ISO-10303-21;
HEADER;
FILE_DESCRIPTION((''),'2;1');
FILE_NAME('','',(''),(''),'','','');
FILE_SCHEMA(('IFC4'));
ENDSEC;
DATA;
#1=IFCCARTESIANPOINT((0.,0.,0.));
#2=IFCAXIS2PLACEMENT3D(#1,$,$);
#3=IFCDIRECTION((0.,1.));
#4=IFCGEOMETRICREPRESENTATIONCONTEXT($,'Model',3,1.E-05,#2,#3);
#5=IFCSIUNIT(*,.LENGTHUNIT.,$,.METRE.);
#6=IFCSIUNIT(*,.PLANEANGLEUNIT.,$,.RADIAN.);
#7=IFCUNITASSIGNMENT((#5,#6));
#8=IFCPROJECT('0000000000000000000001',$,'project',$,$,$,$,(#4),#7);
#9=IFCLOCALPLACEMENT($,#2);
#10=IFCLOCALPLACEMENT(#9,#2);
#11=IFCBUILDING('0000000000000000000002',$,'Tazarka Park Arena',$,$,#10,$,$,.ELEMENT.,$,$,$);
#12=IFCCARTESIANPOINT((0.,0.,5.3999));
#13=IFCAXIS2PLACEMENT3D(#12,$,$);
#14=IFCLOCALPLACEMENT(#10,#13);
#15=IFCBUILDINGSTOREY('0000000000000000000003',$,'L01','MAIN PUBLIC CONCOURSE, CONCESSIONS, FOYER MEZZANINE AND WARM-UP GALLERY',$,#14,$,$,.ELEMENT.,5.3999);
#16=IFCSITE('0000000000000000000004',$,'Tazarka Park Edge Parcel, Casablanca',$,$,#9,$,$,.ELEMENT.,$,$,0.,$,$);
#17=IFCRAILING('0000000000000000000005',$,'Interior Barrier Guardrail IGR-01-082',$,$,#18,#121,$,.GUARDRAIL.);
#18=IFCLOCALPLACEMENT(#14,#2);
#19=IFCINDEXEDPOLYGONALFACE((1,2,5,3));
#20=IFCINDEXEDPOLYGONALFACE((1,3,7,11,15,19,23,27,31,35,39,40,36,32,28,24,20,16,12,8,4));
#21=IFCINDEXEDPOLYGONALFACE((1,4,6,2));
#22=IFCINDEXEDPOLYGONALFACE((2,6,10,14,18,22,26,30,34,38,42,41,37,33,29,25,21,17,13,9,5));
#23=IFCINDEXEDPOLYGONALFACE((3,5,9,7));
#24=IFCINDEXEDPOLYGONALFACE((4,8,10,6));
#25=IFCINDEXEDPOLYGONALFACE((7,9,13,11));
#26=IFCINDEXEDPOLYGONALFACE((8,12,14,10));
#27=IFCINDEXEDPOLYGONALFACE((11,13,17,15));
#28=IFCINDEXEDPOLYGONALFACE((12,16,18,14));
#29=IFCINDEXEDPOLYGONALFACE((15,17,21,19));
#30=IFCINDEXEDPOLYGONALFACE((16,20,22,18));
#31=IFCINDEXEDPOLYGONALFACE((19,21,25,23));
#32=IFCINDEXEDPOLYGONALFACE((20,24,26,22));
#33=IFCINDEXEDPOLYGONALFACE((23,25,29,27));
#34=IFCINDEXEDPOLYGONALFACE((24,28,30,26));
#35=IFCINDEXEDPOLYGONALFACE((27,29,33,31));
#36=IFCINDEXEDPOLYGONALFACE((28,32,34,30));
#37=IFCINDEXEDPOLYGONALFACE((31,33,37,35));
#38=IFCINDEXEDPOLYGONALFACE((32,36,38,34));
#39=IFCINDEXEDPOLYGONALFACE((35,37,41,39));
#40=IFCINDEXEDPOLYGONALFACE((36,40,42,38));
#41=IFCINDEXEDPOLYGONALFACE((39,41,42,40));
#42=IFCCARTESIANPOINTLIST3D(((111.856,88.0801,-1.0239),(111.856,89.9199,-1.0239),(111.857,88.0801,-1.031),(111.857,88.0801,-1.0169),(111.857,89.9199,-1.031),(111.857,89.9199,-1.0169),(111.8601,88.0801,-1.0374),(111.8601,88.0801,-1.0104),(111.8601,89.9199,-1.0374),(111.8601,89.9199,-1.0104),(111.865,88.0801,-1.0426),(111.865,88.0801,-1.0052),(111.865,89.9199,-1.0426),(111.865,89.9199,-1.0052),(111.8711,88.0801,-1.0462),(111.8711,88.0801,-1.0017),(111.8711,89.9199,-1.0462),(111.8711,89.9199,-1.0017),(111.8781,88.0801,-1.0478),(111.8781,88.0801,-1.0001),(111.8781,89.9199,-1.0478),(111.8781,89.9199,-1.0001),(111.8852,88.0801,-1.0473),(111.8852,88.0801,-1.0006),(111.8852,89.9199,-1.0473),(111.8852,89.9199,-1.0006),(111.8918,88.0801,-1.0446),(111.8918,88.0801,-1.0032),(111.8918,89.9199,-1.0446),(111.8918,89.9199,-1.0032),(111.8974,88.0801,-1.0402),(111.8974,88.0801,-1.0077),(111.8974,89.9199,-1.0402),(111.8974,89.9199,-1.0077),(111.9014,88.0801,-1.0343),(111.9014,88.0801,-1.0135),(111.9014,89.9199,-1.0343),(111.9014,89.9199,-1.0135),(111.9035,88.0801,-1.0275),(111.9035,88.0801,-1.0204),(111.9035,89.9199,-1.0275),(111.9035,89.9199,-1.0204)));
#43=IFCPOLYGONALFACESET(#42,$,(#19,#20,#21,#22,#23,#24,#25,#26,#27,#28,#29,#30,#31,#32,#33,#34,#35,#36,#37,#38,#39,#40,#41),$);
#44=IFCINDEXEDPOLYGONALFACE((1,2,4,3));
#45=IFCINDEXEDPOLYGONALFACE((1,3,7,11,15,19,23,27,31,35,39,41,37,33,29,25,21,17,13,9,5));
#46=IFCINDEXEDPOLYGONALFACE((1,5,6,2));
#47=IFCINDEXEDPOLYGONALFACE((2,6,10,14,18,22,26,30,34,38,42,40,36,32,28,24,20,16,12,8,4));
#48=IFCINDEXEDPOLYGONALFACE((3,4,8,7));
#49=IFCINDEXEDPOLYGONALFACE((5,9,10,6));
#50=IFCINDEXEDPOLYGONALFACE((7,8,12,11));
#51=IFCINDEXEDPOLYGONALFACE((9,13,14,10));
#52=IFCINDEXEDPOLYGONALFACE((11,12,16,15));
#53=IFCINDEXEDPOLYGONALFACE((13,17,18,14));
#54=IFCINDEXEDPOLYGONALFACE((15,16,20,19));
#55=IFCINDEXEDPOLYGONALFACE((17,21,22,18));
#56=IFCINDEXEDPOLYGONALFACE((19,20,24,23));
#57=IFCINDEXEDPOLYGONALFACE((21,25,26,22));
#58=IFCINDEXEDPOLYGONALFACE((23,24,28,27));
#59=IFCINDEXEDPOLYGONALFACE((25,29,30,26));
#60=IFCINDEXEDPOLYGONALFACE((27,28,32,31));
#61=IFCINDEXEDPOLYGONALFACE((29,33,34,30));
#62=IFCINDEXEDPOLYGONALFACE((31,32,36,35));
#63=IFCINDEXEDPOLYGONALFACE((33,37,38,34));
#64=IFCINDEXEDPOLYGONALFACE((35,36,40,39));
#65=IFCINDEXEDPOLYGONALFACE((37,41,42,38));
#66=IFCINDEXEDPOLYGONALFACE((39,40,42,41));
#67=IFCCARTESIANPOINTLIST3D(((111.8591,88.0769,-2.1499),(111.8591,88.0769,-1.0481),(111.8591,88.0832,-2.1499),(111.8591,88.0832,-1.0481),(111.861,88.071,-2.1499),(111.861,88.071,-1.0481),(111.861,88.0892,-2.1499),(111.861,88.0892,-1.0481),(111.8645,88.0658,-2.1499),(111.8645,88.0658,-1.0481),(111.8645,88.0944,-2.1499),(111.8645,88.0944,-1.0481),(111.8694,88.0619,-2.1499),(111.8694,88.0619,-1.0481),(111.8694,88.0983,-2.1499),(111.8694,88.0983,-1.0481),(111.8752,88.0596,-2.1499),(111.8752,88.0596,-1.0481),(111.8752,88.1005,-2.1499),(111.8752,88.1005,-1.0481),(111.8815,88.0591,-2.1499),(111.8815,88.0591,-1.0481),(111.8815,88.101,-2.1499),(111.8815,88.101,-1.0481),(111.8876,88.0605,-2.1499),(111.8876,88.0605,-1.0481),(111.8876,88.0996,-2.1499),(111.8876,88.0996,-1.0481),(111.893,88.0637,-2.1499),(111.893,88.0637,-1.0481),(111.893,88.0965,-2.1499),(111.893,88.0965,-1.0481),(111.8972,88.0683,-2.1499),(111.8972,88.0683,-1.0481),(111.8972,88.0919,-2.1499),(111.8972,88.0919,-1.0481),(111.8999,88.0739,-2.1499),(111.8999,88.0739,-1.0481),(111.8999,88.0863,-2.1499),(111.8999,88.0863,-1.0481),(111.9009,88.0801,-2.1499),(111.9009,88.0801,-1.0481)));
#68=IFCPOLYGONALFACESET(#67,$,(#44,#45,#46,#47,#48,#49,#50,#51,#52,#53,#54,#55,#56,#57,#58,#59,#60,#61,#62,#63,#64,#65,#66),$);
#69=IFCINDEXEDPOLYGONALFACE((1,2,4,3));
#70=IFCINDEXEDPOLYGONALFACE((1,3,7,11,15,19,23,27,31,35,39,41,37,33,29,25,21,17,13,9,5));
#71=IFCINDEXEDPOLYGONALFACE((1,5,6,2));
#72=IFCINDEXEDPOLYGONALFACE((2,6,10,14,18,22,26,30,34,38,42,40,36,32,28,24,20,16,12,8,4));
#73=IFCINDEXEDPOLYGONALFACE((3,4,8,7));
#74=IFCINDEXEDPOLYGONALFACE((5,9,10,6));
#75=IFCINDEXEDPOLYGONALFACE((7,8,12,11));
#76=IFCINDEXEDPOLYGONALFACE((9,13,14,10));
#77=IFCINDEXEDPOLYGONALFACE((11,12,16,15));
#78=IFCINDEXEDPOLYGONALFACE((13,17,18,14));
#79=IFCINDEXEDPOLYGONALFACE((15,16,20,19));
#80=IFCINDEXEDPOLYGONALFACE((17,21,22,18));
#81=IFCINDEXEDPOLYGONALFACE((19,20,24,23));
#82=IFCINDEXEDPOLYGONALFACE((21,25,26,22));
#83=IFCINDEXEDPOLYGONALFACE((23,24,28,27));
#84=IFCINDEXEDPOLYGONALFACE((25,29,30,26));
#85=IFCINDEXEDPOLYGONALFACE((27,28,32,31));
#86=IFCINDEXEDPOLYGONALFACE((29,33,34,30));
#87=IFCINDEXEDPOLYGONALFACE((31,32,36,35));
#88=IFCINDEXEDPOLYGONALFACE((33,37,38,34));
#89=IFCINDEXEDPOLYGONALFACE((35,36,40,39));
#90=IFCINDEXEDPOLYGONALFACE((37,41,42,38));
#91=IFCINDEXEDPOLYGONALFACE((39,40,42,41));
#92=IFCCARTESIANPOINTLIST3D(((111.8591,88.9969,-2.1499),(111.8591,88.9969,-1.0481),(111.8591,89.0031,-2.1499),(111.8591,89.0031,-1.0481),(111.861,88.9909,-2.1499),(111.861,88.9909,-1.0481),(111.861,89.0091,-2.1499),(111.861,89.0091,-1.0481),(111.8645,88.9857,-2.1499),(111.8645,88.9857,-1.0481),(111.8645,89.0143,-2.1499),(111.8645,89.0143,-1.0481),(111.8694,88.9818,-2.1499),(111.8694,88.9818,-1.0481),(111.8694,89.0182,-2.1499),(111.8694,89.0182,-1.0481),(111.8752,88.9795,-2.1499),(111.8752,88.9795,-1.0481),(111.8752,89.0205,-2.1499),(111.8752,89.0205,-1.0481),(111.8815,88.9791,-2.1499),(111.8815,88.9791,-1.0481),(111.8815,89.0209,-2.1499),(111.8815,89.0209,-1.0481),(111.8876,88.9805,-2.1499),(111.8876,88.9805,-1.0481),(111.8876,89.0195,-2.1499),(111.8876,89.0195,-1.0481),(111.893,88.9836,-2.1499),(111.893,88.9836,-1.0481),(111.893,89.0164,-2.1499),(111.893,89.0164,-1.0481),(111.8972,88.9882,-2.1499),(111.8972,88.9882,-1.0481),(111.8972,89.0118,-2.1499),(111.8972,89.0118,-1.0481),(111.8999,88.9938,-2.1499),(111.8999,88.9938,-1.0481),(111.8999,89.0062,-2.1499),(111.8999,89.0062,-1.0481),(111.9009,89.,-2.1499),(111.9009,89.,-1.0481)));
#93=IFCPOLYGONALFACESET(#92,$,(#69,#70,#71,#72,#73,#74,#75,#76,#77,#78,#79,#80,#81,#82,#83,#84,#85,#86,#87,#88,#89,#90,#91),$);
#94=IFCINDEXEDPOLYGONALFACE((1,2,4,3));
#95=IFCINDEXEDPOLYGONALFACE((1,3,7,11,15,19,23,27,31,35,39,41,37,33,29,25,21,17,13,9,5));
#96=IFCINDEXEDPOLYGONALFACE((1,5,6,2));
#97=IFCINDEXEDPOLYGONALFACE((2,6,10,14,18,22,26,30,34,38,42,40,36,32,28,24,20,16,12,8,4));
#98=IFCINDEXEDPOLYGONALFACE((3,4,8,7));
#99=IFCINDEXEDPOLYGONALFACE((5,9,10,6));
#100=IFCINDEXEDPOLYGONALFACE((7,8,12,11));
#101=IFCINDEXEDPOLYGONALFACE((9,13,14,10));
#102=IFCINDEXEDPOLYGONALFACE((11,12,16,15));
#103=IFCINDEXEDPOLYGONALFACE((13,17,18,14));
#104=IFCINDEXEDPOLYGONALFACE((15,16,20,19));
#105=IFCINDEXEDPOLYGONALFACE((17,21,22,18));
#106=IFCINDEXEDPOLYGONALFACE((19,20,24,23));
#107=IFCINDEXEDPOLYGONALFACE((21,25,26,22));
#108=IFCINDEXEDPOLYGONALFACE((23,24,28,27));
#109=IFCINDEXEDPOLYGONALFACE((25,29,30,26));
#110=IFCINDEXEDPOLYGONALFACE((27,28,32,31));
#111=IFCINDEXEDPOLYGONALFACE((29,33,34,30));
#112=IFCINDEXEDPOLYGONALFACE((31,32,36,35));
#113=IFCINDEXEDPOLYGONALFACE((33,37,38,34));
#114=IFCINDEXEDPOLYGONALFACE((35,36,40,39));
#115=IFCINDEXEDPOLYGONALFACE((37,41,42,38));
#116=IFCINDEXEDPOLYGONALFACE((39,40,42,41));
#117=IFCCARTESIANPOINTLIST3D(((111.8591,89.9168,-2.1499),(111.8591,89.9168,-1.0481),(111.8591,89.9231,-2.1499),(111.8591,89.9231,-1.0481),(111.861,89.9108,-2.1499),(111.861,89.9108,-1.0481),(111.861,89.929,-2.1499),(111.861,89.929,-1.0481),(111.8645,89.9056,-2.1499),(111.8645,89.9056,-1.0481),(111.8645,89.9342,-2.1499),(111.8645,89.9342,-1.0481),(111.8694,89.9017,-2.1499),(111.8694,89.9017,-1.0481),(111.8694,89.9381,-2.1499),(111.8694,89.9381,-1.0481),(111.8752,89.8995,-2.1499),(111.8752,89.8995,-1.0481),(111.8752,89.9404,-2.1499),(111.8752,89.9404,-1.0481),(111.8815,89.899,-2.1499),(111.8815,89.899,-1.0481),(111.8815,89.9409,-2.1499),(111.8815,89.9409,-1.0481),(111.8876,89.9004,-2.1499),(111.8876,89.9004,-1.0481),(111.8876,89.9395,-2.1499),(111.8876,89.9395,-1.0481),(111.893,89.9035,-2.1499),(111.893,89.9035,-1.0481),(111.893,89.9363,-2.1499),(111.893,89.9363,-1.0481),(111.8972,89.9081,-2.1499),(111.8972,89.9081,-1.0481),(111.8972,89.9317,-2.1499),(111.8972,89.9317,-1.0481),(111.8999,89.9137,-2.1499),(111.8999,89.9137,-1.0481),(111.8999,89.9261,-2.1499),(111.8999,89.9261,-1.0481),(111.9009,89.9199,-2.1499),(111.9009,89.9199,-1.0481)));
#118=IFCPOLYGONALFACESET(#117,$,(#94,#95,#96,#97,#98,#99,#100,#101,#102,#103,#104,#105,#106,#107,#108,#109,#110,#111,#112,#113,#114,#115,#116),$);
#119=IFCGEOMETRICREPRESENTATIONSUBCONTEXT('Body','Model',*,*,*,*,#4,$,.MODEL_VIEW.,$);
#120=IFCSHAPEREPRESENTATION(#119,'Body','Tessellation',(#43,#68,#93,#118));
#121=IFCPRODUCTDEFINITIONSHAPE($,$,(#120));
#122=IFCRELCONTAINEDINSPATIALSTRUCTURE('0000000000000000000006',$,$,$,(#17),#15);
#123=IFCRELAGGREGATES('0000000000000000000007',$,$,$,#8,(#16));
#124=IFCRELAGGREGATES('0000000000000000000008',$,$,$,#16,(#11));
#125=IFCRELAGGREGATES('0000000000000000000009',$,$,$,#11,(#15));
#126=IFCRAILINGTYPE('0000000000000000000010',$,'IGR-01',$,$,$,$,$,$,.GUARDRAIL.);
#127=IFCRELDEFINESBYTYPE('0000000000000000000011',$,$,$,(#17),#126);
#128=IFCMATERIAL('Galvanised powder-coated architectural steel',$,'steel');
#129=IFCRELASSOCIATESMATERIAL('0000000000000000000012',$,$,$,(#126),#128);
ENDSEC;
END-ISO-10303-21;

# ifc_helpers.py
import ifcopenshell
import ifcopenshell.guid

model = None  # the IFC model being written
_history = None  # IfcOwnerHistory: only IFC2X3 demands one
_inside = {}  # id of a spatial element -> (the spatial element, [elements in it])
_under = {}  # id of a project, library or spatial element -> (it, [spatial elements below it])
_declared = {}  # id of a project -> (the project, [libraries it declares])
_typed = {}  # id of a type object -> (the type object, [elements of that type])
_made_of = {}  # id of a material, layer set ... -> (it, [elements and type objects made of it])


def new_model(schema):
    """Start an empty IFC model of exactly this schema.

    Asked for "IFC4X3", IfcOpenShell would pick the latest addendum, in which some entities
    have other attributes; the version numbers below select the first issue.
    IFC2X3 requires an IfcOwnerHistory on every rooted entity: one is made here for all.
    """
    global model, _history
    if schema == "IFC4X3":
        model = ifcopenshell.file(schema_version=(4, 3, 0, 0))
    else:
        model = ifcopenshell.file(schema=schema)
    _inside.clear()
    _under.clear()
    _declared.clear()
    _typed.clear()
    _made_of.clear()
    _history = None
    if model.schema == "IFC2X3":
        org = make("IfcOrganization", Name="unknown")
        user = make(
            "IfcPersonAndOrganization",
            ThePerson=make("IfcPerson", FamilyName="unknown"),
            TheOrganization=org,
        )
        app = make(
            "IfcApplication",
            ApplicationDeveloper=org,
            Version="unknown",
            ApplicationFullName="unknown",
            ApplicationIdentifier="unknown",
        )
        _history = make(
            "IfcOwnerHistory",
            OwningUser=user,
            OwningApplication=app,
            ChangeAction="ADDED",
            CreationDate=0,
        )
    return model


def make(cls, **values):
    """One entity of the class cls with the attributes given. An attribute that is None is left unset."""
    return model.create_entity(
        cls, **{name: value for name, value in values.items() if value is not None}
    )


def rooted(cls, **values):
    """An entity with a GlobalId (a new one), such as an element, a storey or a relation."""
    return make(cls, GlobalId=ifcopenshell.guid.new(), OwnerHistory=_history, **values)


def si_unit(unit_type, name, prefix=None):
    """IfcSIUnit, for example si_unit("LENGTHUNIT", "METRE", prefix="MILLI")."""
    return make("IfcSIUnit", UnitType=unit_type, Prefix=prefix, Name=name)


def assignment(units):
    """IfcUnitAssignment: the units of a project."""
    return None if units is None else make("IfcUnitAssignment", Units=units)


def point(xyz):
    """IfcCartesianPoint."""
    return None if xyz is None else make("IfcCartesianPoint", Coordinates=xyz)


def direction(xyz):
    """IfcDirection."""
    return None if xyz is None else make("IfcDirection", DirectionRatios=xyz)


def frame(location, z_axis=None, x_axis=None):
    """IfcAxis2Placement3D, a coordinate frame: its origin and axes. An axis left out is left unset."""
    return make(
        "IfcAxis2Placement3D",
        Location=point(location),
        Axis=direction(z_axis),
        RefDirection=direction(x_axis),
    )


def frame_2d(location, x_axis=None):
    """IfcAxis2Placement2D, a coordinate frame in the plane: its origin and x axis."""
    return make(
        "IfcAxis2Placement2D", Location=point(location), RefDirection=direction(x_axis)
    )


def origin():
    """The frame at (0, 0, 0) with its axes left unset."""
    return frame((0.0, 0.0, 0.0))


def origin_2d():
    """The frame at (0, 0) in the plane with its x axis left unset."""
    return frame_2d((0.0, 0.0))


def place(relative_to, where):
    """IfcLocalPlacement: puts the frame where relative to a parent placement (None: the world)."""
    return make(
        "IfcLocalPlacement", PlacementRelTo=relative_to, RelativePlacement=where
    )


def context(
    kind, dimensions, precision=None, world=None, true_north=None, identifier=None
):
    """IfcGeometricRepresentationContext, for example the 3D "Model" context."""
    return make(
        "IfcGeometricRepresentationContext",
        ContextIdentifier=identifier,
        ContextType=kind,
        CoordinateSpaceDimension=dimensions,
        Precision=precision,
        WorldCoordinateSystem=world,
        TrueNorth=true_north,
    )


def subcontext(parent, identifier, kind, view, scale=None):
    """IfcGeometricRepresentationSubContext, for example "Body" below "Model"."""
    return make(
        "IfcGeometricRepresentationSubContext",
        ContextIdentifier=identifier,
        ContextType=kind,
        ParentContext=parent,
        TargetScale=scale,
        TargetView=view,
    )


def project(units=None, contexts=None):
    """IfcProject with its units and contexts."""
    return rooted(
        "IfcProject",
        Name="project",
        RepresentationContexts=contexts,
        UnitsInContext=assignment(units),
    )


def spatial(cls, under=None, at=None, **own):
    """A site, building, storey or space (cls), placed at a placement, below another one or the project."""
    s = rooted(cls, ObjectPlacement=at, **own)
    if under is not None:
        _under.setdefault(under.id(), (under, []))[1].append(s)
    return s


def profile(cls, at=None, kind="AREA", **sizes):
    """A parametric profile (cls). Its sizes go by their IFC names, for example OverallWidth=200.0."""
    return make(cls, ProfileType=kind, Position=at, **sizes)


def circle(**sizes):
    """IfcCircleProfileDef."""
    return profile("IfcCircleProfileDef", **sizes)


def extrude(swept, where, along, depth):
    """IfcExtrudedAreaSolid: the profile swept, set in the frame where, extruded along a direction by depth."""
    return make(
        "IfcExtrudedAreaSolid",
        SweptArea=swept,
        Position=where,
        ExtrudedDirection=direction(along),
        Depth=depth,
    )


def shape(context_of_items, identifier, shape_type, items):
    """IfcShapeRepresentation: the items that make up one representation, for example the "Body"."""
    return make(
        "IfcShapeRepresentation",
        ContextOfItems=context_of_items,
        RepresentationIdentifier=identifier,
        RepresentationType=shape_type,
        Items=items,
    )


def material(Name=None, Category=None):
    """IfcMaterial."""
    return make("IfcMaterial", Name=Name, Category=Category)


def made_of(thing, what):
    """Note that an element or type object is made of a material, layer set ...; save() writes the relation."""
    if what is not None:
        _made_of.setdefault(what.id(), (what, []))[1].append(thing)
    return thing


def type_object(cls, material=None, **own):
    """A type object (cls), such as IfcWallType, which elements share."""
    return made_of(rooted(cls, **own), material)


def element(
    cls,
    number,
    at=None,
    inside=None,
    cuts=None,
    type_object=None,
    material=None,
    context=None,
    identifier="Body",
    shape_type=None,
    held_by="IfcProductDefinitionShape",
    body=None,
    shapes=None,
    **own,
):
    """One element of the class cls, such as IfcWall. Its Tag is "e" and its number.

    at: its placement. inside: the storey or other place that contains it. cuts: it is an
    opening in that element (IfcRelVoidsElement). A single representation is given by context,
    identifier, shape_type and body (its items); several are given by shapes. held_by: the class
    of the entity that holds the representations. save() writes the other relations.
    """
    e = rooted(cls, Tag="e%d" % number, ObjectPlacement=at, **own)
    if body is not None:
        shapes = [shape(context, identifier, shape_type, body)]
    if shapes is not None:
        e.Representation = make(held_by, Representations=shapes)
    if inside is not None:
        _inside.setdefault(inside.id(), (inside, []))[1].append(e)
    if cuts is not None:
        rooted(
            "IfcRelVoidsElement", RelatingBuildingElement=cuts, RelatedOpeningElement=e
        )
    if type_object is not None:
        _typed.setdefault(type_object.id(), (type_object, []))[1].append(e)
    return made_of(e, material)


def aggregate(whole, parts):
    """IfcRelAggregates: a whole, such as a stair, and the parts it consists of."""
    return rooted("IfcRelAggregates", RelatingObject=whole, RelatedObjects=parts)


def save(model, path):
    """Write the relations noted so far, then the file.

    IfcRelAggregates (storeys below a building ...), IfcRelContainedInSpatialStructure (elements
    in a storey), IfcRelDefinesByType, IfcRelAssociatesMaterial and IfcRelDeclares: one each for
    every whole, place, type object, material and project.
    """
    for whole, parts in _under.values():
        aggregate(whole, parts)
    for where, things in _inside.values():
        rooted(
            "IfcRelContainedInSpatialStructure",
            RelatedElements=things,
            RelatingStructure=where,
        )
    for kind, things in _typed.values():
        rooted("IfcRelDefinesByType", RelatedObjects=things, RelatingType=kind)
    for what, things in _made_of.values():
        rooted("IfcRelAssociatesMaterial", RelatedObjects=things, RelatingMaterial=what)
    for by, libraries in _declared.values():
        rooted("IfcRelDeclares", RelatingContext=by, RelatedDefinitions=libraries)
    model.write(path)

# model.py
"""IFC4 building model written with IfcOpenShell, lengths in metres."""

from ifc_helpers import new_model, si_unit, direction, frame, origin, origin_2d, place, context, subcontext, project, spatial, circle, extrude, material, type_object, element, save


model = new_model("IFC4")

# Units and contexts
model_context = context("Model", 3, precision=1e-05, world=origin(), true_north=direction((0.0, 1.0)))
body_context = subcontext(model_context, "Body", "Model", "MODEL_VIEW")
ifc_project = project(units=[si_unit("LENGTHUNIT", "METRE"), si_unit("PLANEANGLEUNIT", "RADIAN")], contexts=[model_context])

# Site, building, storey
site_placement = place(None, origin())
site = spatial("IfcSite", under=ifc_project, at=site_placement, Name="Tazarka Park Edge Parcel, Casablanca", CompositionType="ELEMENT", RefElevation=0.0)
building_placement = place(site_placement, origin())
building = spatial("IfcBuilding", under=site, at=building_placement, Name="Tazarka Park Arena", CompositionType="ELEMENT")
storey_placement = place(building_placement, frame((0.0, 0.0, 5.3999)))
storey = spatial("IfcBuildingStorey", under=building, at=storey_placement, Name="L01", Description="MAIN PUBLIC CONCOURSE, CONCESSIONS, FOYER MEZZANINE AND WARM-UP GALLERY", CompositionType="ELEMENT", Elevation=5.3999)

# Railing
ifc_material_1 = material(Name="Galvanised powder-coated architectural steel", Category="steel")
railing_type_1 = type_object("IfcRailingType", Name="IGR-01", PredefinedType="GUARDRAIL", material=ifc_material_1)
for number, where, name in (
    (1, (111.8799, 88.0801, -2.1499), "Interior Barrier Guardrail IGR-01-082"),
):
    element("IfcRailing", number, at=place(storey_placement, frame(where)), inside=storey, type_object=railing_type_1, Name=name, PredefinedType="GUARDRAIL", context=body_context, shape_type="SweptSolid", body=[
        extrude(circle(Radius=0.0239, at=origin_2d()), frame((0.0, 0.0, 1.126), z_axis=(0.0, 1.0, 0.0), x_axis=(-1.0, 0.0, 0.0)), (0.0, 0.0, 1.0), 1.8398),
        extrude(circle(Radius=0.021, at=origin_2d()), origin(), (0.0, 0.0, 1.0), 1.1018),
        extrude(circle(Radius=0.021, at=origin_2d()), frame((0.0, 0.9199, 0.0)), (0.0, 0.0, 1.0), 1.1018),
        extrude(circle(Radius=0.021, at=origin_2d()), frame((0.0, 1.8398, 0.0)), (0.0, 0.0, 1.0), 1.1018),
    ])

save(model, "model.ifc")
